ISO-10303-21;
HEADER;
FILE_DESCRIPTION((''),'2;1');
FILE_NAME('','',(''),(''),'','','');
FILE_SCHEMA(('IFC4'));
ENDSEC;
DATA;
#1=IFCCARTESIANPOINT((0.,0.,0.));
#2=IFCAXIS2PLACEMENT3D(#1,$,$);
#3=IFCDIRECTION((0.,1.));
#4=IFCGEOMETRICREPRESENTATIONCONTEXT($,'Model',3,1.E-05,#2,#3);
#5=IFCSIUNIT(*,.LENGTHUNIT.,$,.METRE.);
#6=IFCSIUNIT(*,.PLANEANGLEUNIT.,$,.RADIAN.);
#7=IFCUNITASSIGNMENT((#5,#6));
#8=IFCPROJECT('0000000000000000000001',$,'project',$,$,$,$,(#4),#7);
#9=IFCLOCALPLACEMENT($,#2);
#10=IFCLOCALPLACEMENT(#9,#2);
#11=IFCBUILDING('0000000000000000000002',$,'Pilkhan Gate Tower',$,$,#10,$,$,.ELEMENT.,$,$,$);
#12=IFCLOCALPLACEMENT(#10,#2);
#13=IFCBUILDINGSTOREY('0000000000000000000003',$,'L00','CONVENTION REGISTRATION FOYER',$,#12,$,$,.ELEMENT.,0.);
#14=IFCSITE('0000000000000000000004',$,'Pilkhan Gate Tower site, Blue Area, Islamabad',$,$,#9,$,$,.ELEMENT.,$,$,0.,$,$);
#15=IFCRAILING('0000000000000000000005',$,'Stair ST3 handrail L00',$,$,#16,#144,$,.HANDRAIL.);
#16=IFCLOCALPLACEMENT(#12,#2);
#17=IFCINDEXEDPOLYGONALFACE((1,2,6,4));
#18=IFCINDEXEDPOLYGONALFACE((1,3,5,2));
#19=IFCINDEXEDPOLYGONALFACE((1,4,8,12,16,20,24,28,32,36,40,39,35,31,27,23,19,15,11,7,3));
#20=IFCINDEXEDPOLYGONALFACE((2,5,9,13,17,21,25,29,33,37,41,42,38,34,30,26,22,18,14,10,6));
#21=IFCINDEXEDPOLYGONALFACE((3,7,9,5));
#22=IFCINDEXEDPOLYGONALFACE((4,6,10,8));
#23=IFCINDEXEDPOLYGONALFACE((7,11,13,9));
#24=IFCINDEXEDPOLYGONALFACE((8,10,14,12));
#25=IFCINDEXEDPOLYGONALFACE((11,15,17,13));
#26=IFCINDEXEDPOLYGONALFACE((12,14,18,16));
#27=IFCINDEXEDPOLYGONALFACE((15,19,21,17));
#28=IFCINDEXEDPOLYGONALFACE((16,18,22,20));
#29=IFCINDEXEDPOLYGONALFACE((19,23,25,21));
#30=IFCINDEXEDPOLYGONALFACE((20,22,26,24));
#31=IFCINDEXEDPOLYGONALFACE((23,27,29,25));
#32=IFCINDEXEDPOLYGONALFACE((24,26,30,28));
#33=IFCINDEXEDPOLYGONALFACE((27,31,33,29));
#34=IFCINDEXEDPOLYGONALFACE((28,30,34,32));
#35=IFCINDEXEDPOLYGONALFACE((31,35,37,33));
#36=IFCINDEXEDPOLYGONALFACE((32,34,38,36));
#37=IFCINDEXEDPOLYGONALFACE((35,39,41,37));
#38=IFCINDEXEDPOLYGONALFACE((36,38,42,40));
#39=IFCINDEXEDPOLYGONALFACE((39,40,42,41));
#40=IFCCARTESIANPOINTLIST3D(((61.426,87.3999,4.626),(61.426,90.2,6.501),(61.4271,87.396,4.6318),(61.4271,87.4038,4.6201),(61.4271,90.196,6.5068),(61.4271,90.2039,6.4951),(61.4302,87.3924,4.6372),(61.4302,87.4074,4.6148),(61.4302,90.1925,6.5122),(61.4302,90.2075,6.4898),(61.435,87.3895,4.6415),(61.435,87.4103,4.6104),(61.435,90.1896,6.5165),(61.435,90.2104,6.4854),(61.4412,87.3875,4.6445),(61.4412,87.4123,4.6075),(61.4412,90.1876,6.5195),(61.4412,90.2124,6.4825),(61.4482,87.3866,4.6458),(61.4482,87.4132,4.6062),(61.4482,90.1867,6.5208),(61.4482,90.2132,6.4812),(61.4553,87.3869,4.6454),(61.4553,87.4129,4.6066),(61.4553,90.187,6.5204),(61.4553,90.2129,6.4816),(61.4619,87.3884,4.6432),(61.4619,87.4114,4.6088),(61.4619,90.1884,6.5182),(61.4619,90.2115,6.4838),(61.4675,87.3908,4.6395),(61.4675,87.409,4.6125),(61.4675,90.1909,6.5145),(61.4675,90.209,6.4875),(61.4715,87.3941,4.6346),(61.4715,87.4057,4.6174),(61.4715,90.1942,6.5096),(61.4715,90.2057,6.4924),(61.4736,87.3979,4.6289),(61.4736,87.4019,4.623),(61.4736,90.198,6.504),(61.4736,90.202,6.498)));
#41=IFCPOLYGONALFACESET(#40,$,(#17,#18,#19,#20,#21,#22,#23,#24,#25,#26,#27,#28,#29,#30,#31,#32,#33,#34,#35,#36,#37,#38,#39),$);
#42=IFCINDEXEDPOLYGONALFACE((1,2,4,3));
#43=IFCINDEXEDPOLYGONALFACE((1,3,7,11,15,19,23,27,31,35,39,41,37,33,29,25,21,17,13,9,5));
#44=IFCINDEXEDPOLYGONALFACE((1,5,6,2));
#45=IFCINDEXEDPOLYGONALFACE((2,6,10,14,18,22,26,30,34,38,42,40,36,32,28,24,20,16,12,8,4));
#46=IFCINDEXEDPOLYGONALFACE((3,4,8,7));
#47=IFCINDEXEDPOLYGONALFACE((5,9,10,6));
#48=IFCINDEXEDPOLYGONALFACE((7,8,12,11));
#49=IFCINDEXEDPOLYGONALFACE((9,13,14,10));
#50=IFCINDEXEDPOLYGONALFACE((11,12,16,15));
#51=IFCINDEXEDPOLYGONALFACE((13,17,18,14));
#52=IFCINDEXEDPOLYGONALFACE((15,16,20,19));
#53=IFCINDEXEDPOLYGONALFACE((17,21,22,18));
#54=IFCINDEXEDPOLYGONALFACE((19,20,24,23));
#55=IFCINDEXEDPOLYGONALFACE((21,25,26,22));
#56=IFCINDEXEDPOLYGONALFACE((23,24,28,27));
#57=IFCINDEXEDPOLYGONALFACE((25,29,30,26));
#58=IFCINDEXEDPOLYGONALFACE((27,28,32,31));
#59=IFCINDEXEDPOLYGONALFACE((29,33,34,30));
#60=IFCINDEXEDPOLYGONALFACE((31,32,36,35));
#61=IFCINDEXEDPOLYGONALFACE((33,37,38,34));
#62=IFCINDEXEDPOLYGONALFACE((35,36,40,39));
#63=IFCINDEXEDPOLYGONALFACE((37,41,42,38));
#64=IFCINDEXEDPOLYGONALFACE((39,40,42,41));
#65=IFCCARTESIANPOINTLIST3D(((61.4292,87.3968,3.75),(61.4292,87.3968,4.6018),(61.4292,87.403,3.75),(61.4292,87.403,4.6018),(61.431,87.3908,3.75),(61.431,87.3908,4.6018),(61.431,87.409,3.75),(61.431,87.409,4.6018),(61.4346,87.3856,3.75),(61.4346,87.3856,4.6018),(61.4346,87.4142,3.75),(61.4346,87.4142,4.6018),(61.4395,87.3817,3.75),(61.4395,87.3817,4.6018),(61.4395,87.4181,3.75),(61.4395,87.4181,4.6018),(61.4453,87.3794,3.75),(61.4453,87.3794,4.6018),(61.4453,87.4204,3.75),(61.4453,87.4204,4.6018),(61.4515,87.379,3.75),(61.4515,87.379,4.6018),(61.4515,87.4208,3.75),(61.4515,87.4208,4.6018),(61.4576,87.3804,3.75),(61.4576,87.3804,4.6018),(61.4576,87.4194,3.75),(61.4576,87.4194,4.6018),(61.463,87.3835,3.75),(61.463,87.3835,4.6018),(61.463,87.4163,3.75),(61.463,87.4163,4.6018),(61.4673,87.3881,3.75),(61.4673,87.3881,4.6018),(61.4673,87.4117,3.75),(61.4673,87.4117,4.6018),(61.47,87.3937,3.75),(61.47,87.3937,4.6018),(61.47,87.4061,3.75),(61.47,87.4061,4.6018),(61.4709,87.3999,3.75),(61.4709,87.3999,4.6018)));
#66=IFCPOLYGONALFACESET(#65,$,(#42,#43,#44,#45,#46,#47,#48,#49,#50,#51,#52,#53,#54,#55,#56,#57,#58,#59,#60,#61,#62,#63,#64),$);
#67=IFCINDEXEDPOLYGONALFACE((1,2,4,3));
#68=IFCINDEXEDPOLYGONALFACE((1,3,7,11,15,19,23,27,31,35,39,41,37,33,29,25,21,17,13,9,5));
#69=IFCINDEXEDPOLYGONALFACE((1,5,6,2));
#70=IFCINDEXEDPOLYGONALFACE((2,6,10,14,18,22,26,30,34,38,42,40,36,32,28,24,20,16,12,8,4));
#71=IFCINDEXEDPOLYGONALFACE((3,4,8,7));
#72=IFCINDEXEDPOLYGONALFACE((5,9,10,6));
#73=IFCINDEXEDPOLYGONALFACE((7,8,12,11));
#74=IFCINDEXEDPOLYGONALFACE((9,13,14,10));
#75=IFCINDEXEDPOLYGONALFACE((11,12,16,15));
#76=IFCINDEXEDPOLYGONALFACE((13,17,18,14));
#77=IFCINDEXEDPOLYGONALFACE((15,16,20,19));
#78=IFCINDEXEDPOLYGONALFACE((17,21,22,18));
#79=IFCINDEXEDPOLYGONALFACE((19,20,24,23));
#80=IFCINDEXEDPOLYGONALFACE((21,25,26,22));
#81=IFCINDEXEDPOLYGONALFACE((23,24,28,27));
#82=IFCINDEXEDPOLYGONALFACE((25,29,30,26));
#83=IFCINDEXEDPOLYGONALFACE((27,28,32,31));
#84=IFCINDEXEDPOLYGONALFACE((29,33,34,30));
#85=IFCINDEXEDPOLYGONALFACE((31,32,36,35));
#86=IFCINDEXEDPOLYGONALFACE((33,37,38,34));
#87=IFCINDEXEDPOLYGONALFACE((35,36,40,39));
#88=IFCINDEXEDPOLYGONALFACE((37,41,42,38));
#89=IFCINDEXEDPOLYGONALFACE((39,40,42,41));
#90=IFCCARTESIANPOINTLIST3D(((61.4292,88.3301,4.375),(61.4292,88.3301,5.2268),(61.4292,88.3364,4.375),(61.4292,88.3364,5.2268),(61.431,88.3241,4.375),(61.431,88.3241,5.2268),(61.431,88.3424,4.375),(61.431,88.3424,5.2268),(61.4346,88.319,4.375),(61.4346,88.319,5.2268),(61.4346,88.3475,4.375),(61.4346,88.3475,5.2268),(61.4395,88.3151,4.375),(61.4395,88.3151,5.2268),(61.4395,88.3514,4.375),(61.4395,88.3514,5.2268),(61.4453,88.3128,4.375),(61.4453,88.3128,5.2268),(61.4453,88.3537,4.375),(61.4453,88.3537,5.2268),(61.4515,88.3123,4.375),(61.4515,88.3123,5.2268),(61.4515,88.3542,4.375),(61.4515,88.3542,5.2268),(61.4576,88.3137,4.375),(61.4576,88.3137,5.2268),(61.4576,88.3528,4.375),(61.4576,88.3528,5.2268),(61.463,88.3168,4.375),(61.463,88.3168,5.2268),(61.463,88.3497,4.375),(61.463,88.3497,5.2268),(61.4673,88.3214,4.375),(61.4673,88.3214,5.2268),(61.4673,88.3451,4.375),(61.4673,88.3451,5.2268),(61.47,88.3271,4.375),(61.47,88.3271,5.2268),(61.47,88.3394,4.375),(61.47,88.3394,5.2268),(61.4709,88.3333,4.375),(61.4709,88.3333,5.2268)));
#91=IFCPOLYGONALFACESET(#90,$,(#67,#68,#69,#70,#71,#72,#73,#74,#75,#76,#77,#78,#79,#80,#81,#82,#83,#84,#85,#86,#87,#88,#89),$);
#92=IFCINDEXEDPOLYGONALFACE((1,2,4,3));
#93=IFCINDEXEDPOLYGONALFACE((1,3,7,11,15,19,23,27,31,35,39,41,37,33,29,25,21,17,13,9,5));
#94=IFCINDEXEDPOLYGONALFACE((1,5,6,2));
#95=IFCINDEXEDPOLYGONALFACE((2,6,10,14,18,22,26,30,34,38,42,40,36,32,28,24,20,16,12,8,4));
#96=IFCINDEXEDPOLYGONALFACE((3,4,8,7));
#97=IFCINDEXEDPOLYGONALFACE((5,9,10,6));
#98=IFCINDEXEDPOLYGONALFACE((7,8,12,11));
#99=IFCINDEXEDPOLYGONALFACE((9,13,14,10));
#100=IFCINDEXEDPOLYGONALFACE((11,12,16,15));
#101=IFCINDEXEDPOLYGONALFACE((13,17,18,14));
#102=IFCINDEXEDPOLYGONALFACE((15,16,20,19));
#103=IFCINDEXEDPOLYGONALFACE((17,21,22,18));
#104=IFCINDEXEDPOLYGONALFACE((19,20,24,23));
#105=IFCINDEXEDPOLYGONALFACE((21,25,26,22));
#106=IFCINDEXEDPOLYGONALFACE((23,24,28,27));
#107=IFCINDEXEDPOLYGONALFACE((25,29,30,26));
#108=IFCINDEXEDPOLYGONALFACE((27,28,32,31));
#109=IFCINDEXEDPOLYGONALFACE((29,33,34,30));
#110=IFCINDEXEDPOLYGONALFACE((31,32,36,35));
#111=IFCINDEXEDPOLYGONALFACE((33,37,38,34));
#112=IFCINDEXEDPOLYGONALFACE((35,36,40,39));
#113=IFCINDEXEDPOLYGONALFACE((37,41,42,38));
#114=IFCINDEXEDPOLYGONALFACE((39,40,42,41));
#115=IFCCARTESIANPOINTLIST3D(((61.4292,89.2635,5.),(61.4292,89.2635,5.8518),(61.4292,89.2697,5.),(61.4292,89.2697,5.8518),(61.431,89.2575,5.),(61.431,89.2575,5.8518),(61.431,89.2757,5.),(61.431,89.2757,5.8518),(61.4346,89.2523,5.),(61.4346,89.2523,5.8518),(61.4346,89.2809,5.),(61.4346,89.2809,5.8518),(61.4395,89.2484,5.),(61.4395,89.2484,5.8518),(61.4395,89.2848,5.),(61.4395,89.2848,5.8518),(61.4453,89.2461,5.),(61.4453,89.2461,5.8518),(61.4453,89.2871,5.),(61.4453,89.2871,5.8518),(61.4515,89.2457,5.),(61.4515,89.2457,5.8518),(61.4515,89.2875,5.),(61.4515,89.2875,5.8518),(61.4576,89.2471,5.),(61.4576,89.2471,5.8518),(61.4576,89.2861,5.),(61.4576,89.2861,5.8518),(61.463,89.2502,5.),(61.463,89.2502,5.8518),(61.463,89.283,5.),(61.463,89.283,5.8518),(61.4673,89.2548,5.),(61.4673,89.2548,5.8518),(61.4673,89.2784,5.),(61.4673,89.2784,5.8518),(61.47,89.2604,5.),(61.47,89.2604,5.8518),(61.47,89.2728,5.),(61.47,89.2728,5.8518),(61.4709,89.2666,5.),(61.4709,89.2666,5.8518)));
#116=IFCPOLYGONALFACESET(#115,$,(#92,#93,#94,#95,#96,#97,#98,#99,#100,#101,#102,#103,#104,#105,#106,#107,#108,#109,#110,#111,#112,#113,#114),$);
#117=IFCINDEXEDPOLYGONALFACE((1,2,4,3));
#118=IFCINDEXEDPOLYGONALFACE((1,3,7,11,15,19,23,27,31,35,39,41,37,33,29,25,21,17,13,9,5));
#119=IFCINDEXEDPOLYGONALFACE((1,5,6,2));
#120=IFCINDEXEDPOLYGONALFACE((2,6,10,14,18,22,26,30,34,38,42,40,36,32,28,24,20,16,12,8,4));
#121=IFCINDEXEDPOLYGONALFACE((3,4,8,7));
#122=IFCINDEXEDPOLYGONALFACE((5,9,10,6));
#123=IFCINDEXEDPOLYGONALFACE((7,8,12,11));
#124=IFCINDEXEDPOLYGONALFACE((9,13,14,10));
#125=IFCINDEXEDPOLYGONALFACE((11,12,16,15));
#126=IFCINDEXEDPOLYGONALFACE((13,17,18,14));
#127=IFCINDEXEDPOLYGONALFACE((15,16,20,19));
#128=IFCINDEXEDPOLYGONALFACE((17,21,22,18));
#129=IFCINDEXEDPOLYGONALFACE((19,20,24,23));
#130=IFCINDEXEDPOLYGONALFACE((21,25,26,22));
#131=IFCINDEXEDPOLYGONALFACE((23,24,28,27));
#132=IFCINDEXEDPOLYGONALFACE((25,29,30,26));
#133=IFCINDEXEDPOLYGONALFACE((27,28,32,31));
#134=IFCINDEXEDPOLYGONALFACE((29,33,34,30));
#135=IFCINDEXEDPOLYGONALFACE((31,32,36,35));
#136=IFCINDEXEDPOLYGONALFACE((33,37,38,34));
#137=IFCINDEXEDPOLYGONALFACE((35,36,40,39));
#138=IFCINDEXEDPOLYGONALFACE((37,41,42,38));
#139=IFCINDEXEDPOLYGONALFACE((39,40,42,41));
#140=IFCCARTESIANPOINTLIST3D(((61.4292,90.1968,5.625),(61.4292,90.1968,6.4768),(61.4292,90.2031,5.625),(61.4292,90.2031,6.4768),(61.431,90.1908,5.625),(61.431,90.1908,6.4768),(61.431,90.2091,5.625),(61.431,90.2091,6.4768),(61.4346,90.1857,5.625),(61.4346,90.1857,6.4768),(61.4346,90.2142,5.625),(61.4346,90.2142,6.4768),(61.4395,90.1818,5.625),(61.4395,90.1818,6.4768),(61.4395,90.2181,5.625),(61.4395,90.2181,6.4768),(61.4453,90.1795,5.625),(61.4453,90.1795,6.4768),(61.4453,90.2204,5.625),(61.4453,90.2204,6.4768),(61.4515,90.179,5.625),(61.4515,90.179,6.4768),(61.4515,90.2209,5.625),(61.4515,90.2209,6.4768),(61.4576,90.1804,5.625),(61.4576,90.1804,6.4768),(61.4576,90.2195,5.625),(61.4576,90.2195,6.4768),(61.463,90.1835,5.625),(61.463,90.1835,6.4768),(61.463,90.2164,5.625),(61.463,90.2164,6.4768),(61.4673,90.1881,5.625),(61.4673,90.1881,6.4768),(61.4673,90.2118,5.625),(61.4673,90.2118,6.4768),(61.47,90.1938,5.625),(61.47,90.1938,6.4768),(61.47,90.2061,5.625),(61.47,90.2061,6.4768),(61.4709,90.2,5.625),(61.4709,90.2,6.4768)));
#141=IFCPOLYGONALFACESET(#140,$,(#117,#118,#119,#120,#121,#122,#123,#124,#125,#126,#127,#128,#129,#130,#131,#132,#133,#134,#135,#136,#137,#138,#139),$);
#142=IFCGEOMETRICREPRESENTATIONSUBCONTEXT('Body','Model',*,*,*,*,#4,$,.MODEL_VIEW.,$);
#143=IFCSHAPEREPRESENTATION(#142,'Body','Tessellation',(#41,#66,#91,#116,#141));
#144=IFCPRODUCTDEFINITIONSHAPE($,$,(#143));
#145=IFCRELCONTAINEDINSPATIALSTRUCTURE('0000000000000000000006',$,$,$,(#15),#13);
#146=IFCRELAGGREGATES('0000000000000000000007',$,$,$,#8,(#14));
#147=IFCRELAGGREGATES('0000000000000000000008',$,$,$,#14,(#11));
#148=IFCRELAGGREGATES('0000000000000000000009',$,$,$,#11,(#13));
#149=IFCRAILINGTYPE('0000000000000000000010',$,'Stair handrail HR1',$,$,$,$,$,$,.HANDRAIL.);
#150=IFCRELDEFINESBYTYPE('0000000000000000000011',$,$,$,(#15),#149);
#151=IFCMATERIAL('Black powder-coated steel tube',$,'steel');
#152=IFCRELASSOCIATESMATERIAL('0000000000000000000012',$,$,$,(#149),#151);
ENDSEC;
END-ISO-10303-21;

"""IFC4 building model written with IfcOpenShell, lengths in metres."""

from ifc_helpers import new_model, si_unit, direction, frame, origin, origin_2d, place, context, subcontext, project, spatial, circle, extrude, material, type_object, element, save


model = new_model("IFC4")

# Units and contexts
model_context = context("Model", 3, precision=1e-05, world=origin(), true_north=direction((0.0, 1.0)))
body_context = subcontext(model_context, "Body", "Model", "MODEL_VIEW")
ifc_project = project(units=[si_unit("LENGTHUNIT", "METRE"), si_unit("PLANEANGLEUNIT", "RADIAN")], contexts=[model_context])

# Site, building, storey
site_placement = place(None, origin())
site = spatial("IfcSite", under=ifc_project, at=site_placement, Name="Pilkhan Gate Tower site, Blue Area, Islamabad", CompositionType="ELEMENT", RefElevation=0.0)
building_placement = place(site_placement, origin())
building = spatial("IfcBuilding", under=site, at=building_placement, Name="Pilkhan Gate Tower", CompositionType="ELEMENT")
storey_placement = place(building_placement, origin())
storey = spatial("IfcBuildingStorey", under=building, at=storey_placement, Name="L00", Description="CONVENTION REGISTRATION FOYER", CompositionType="ELEMENT", Elevation=0.0)

# Railing
ifc_material_1 = material(Name="Black powder-coated steel tube", Category="steel")
railing_type_1 = type_object("IfcRailingType", Name="Stair handrail HR1", PredefinedType="HANDRAIL", material=ifc_material_1)
for number, where, name in (
    (1, (61.45, 87.3999, 3.75), "Stair ST3 handrail L00"),
):
    element("IfcRailing", number, at=place(storey_placement, frame(where)), inside=storey, type_object=railing_type_1, Name=name, PredefinedType="HANDRAIL", context=body_context, shape_type="SweptSolid", body=[
        extrude(circle(Radius=0.0239, at=origin_2d()), frame((0.0, 0.0, 0.876), z_axis=(0.0, 0.830912, 0.556404), x_axis=(-1.0, 0.0, 0.0)), (0.0, 0.0, 1.0), 3.3699),
        extrude(circle(Radius=0.021, at=origin_2d()), origin(), (0.0, 0.0, 1.0), 0.8518),
        extrude(circle(Radius=0.021, at=origin_2d()), frame((0.0, 0.9333, 0.625)), (0.0, 0.0, 1.0), 0.8518),
        extrude(circle(Radius=0.021, at=origin_2d()), frame((0.0, 1.8667, 1.25)), (0.0, 0.0, 1.0), 0.8518),
        extrude(circle(Radius=0.021, at=origin_2d()), frame((0.0, 2.8, 1.875)), (0.0, 0.0, 1.0), 0.8518),
    ])

save(model, "model.ifc")
